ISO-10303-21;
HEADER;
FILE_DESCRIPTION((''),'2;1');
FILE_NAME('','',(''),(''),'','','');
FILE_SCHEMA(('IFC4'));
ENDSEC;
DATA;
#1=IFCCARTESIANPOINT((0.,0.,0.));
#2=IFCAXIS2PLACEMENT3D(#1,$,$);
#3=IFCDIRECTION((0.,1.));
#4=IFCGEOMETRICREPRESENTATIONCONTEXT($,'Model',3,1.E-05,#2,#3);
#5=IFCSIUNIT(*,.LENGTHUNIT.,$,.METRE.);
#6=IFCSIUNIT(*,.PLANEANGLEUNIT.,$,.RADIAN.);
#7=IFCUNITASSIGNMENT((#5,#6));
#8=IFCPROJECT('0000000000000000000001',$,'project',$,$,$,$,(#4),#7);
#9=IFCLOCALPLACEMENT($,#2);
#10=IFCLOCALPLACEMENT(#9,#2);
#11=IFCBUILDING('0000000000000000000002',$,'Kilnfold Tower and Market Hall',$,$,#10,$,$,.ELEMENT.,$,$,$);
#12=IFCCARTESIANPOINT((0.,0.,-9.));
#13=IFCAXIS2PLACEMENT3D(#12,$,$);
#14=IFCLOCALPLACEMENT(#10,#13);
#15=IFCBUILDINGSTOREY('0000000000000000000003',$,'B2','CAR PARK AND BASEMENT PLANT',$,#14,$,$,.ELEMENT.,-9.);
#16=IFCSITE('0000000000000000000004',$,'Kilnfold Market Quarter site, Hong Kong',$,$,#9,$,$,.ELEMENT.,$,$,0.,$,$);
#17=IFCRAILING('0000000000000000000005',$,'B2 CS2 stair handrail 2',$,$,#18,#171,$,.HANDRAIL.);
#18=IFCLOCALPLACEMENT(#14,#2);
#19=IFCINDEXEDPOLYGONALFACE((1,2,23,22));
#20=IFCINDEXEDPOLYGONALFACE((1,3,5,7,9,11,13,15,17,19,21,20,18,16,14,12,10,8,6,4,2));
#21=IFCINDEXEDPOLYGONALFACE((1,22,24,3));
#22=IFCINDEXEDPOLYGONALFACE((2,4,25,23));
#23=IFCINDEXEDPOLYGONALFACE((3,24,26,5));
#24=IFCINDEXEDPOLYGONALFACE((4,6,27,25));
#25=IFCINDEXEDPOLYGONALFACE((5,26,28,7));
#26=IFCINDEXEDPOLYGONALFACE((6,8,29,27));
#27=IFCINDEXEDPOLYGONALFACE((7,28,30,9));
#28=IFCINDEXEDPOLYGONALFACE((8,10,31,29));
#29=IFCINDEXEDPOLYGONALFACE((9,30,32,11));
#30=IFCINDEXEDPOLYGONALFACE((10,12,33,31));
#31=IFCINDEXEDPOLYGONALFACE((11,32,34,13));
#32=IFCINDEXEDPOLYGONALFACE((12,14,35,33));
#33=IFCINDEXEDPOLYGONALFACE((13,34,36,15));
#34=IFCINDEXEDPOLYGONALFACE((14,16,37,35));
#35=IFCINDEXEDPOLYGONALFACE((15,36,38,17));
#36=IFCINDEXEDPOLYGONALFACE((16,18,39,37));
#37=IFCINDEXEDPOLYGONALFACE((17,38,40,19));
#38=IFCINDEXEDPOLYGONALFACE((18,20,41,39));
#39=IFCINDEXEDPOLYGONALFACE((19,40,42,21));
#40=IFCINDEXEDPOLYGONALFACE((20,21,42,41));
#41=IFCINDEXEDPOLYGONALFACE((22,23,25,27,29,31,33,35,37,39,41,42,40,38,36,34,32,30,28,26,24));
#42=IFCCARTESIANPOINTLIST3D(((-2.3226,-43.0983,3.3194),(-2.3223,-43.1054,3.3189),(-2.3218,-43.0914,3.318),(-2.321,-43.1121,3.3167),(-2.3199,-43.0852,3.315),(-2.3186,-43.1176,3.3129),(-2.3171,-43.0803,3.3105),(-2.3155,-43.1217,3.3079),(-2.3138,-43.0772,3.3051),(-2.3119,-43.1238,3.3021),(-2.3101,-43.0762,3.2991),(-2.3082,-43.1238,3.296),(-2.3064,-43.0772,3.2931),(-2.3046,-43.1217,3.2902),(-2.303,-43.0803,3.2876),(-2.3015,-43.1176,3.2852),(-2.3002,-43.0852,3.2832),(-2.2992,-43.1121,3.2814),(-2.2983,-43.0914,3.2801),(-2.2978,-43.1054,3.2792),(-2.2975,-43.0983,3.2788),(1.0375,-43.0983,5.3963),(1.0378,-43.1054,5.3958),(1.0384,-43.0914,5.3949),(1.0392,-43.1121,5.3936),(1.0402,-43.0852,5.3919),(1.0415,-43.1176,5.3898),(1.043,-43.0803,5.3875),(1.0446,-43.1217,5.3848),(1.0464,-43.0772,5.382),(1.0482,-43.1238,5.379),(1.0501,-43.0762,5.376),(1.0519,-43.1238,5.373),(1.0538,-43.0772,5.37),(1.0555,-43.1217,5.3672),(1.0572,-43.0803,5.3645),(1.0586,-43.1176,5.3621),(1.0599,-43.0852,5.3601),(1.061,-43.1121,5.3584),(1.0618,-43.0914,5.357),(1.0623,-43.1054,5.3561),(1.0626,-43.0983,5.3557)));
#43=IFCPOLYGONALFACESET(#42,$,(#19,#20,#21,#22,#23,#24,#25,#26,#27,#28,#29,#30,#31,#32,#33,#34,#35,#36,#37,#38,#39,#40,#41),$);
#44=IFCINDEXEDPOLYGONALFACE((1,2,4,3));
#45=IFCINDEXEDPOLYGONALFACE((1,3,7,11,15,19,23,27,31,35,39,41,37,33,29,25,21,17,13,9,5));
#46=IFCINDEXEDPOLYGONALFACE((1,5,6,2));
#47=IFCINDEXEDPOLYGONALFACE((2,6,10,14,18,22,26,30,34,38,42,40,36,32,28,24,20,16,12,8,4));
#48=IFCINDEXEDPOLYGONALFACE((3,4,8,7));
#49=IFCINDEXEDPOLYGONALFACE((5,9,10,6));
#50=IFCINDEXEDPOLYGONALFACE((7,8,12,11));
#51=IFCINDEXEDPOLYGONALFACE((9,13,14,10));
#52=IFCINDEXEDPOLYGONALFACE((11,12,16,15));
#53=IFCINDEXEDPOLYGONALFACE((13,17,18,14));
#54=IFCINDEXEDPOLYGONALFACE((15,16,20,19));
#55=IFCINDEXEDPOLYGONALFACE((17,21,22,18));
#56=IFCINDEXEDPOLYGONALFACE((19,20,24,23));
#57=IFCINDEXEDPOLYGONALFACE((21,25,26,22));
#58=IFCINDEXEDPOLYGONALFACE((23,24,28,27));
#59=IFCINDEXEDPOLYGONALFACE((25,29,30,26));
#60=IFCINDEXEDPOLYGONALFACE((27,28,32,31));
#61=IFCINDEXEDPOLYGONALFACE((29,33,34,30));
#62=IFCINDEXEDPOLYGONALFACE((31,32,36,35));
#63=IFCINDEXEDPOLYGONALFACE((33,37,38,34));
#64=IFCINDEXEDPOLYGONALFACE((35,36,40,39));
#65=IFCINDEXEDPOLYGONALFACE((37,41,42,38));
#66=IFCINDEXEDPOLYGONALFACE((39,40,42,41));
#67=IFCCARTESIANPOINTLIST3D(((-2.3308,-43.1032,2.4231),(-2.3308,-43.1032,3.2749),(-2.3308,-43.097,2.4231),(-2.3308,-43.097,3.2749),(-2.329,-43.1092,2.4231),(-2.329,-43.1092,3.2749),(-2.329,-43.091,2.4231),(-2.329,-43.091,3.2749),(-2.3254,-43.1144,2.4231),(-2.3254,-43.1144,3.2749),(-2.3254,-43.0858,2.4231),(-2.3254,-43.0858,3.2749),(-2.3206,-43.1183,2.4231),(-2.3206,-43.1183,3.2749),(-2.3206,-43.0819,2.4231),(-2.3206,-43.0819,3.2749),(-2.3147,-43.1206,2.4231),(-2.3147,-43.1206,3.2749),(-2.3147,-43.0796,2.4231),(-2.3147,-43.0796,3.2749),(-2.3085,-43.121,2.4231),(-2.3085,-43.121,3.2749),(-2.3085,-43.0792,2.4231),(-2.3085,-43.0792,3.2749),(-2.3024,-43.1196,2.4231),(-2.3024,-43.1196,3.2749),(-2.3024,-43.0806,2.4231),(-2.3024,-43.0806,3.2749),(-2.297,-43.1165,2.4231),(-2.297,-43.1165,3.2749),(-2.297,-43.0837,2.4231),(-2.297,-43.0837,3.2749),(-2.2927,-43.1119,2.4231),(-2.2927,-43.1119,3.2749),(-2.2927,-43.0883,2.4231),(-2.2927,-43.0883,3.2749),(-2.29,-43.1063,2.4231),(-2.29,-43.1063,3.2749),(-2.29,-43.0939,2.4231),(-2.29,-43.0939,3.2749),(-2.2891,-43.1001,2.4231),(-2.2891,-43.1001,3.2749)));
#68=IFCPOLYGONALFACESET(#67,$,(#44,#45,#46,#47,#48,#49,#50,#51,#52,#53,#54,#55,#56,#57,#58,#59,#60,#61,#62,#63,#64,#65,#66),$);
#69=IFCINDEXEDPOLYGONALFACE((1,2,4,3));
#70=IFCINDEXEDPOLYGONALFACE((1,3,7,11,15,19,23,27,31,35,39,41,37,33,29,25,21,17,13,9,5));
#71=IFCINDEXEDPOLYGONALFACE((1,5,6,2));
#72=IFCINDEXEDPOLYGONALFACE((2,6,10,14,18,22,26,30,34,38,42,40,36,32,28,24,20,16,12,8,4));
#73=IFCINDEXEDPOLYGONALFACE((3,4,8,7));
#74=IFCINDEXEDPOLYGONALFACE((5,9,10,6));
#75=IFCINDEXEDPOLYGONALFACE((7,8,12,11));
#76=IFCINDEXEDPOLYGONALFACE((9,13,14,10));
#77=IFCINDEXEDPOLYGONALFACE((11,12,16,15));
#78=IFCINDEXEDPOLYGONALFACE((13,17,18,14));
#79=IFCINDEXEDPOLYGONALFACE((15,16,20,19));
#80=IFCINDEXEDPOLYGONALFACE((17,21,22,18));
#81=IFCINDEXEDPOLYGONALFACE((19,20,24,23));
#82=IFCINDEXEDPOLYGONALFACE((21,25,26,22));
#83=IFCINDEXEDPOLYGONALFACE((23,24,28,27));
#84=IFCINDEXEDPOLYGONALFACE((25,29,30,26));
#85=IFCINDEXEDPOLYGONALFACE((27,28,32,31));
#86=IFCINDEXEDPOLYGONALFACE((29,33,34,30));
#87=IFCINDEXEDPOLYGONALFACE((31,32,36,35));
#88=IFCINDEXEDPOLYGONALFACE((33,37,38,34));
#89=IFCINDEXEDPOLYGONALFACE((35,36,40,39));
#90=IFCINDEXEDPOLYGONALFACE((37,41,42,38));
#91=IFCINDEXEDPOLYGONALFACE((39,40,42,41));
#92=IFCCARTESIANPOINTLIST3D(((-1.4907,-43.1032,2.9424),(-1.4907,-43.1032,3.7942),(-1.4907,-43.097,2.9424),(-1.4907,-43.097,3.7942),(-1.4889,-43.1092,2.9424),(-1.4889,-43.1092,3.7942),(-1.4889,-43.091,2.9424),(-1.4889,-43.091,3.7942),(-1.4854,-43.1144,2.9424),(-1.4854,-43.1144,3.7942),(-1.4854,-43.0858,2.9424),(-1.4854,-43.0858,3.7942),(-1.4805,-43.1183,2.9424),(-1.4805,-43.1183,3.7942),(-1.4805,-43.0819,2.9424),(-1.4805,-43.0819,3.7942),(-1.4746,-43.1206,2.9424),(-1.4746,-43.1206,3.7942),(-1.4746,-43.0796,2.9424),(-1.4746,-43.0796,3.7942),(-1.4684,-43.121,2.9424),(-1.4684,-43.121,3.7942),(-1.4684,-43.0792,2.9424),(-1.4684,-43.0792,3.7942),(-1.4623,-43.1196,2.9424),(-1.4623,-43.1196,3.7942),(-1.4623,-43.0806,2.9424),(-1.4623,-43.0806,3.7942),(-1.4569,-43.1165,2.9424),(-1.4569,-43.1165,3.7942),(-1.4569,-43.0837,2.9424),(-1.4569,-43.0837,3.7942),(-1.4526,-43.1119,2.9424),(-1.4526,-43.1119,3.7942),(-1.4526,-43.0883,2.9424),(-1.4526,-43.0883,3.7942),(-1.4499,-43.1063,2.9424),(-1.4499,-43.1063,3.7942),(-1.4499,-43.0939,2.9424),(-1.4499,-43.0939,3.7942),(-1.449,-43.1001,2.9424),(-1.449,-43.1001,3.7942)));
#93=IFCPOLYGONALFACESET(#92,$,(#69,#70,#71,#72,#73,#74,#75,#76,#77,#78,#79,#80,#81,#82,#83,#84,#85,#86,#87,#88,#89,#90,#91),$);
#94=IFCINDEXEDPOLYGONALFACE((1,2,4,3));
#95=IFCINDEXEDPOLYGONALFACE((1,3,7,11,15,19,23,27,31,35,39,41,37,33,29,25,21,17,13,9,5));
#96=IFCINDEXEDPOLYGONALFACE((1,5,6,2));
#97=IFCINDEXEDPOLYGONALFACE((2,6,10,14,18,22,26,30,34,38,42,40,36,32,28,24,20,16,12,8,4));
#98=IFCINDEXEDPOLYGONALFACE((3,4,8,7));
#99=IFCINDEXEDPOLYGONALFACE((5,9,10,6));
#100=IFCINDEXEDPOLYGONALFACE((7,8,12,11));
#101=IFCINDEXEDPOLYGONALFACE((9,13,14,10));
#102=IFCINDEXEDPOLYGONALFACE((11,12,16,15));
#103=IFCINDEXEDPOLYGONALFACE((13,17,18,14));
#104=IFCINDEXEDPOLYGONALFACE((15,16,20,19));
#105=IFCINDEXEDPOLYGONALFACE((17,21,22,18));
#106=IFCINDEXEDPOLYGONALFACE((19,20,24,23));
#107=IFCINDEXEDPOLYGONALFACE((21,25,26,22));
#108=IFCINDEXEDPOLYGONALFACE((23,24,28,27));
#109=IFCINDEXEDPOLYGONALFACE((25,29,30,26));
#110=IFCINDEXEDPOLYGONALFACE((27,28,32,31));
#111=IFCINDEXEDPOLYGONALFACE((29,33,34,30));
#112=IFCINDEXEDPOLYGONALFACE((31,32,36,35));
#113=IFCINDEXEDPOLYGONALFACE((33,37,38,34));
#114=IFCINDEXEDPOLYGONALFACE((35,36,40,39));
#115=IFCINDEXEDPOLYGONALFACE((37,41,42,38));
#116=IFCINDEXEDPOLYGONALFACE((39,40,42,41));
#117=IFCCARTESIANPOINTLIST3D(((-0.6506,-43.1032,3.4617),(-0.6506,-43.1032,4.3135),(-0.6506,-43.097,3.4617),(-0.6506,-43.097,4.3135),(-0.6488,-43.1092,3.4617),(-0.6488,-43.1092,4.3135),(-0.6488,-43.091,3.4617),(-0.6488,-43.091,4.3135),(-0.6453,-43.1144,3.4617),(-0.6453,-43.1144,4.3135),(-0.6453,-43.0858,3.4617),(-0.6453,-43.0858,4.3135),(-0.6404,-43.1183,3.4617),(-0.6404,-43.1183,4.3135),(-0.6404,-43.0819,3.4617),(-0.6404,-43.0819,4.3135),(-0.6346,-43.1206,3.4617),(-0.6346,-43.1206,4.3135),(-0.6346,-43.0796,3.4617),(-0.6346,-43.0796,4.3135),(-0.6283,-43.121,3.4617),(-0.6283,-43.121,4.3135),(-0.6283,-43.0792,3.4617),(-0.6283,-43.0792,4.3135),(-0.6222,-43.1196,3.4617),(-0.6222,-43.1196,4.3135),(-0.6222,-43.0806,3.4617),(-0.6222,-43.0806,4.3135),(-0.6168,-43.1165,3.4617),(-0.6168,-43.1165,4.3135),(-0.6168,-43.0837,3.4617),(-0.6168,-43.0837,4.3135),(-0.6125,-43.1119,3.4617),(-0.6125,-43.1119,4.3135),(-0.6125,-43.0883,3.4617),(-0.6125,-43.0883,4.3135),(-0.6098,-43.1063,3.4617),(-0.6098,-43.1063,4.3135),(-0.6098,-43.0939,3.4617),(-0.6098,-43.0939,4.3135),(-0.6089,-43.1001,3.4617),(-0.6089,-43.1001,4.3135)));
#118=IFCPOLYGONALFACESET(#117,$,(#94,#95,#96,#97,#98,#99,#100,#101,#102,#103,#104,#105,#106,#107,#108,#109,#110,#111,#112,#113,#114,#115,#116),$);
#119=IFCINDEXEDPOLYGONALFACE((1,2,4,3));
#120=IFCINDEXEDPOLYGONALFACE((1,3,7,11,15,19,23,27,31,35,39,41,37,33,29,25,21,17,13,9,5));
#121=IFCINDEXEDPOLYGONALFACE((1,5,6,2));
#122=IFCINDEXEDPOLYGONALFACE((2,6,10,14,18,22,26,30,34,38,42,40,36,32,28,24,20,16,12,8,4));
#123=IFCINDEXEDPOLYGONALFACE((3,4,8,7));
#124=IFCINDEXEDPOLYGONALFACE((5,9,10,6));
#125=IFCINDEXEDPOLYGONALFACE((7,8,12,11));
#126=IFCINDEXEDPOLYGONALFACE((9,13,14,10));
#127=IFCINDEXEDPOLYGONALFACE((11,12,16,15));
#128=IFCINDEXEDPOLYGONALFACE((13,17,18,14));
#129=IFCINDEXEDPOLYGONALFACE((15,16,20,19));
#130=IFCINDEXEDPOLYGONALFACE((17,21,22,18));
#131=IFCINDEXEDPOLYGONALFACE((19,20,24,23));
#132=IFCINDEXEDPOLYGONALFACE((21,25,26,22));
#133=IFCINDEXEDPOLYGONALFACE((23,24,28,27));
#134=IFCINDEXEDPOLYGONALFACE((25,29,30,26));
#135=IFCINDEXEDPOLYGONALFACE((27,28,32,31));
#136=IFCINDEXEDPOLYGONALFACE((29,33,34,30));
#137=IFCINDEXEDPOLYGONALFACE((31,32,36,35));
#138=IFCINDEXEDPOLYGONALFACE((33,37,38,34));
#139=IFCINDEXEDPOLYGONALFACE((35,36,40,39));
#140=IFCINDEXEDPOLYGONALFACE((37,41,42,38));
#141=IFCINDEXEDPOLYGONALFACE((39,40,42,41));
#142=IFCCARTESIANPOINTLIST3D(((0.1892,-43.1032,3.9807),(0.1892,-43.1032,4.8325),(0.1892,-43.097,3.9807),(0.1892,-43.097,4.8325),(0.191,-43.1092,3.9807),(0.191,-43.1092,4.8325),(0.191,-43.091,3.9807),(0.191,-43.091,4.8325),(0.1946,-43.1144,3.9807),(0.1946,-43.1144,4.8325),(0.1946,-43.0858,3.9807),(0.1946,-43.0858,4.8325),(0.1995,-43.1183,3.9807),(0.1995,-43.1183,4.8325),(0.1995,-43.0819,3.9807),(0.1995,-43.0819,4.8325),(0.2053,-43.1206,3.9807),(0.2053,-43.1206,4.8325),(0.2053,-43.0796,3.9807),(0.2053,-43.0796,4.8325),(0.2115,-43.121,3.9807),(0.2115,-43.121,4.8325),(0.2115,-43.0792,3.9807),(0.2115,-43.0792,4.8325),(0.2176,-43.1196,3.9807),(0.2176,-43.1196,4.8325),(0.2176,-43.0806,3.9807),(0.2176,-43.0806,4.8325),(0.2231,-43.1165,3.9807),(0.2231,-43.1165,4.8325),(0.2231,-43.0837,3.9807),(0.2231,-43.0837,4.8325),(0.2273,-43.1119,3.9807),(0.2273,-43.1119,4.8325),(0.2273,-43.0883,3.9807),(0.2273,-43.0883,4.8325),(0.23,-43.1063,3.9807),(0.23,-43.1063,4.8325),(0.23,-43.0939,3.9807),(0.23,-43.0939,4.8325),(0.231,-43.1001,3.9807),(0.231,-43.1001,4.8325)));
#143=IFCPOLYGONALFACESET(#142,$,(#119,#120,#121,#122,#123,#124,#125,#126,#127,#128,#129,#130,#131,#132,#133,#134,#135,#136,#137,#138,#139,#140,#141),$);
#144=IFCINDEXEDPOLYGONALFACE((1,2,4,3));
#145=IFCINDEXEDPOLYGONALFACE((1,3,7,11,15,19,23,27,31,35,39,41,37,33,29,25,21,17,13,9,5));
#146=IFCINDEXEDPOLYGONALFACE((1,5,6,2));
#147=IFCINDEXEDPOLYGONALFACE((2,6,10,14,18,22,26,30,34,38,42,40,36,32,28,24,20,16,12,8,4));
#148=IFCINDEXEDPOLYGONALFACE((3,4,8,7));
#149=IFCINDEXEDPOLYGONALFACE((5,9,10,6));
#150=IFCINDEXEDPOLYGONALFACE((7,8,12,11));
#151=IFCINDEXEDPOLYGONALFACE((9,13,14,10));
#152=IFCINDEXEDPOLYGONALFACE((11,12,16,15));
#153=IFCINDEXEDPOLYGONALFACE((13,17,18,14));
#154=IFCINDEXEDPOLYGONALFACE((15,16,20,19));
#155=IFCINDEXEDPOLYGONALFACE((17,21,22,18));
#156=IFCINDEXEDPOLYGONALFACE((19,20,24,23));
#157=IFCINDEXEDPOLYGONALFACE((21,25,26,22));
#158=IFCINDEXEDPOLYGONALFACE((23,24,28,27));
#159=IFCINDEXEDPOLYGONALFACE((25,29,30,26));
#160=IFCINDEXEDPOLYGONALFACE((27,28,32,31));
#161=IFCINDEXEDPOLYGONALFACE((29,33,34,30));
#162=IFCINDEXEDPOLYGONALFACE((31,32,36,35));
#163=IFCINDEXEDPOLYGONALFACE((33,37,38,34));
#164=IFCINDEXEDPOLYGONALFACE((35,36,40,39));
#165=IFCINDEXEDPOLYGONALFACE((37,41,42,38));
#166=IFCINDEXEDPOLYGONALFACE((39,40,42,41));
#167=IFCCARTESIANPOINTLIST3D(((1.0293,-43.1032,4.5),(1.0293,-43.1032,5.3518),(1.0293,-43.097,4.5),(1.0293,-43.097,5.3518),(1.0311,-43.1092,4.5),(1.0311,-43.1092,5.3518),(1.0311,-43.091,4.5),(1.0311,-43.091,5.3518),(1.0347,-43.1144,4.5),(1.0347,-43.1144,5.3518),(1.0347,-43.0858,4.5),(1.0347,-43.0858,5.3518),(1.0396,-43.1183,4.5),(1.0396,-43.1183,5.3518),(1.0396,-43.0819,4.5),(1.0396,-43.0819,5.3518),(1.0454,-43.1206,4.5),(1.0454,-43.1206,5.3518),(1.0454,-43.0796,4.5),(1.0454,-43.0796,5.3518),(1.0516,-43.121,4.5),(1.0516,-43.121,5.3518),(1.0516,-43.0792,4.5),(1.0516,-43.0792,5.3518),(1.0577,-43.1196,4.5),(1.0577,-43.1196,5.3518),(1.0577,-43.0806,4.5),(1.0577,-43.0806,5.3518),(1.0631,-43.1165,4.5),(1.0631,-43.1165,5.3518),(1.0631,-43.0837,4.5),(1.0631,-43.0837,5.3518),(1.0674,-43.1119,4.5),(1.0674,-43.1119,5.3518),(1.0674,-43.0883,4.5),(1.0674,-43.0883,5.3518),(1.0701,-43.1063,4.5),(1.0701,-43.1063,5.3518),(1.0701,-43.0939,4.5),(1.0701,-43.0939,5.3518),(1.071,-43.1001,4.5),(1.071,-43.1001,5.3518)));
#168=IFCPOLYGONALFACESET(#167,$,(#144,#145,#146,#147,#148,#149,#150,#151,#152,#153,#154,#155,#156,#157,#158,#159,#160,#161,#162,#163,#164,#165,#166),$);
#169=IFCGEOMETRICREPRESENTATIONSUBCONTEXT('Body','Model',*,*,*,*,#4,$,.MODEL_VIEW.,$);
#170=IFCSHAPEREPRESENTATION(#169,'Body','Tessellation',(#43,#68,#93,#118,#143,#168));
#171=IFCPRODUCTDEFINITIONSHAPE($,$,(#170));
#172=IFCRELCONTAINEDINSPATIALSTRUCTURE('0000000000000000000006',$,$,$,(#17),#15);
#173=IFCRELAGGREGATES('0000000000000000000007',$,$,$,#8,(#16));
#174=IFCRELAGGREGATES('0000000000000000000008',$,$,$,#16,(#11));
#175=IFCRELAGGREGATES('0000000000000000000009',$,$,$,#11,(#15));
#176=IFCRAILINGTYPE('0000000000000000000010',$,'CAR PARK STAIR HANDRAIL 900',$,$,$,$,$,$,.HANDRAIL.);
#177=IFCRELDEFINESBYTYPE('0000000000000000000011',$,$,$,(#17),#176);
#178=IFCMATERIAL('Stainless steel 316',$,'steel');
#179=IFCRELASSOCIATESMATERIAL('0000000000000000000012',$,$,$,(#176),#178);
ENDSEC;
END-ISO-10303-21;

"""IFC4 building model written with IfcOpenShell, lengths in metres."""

from ifc_helpers import new_model, si_unit, direction, frame, origin, origin_2d, place, context, subcontext, project, spatial, circle, extrude, material, type_object, element, save


model = new_model("IFC4")

# Units and contexts
model_context = context("Model", 3, precision=1e-05, world=origin(), true_north=direction((0.0, 1.0)))
body_context = subcontext(model_context, "Body", "Model", "MODEL_VIEW")
ifc_project = project(units=[si_unit("LENGTHUNIT", "METRE"), si_unit("PLANEANGLEUNIT", "RADIAN")], contexts=[model_context])

# Site, building, storey
site_placement = place(None, origin())
site = spatial("IfcSite", under=ifc_project, at=site_placement, Name="Kilnfold Market Quarter site, Hong Kong", CompositionType="ELEMENT", RefElevation=0.0)
building_placement = place(site_placement, origin())
building = spatial("IfcBuilding", under=site, at=building_placement, Name="Kilnfold Tower and Market Hall", CompositionType="ELEMENT")
storey_placement = place(building_placement, frame((0.0, 0.0, -9.0)))
storey = spatial("IfcBuildingStorey", under=building, at=storey_placement, Name="B2", Description="CAR PARK AND BASEMENT PLANT", CompositionType="ELEMENT", Elevation=-9.0)

# Railing
ifc_material_1 = material(Name="Stainless steel 316", Category="steel")
railing_type_1 = type_object("IfcRailingType", Name="CAR PARK STAIR HANDRAIL 900", PredefinedType="HANDRAIL", material=ifc_material_1)
railing_1_placement = place(storey_placement, frame((-2.3101, -43.1001, 2.4231)))
element("IfcRailing", 1, at=railing_1_placement, inside=storey, type_object=railing_type_1, Name="B2 CS2 stair handrail 2", PredefinedType="HANDRAIL", context=body_context, shape_type="SweptSolid", body=[
    extrude(circle(Radius=0.0239, at=origin_2d()), frame((0.0, 0.0, 0.876), z_axis=(0.850623, 0.0, 0.525776), x_axis=(0.0, 1.0, 0.0)), (0.0, 0.0, 1.0), 3.9502),
    extrude(circle(Radius=0.021, at=origin_2d()), origin(), (0.0, 0.0, 1.0), 0.8518),
    extrude(circle(Radius=0.021, at=origin_2d()), frame((0.8401, 0.0, 0.5193)), (0.0, 0.0, 1.0), 0.8518),
    extrude(circle(Radius=0.021, at=origin_2d()), frame((1.6802, 0.0, 1.0386)), (0.0, 0.0, 1.0), 0.8518),
    extrude(circle(Radius=0.021, at=origin_2d()), frame((2.52, 0.0, 1.5576)), (0.0, 0.0, 1.0), 0.8518),
    extrude(circle(Radius=0.021, at=origin_2d()), frame((3.3601, 0.0, 2.0769)), (0.0, 0.0, 1.0), 0.8518),
])

save(model, "model.ifc")
